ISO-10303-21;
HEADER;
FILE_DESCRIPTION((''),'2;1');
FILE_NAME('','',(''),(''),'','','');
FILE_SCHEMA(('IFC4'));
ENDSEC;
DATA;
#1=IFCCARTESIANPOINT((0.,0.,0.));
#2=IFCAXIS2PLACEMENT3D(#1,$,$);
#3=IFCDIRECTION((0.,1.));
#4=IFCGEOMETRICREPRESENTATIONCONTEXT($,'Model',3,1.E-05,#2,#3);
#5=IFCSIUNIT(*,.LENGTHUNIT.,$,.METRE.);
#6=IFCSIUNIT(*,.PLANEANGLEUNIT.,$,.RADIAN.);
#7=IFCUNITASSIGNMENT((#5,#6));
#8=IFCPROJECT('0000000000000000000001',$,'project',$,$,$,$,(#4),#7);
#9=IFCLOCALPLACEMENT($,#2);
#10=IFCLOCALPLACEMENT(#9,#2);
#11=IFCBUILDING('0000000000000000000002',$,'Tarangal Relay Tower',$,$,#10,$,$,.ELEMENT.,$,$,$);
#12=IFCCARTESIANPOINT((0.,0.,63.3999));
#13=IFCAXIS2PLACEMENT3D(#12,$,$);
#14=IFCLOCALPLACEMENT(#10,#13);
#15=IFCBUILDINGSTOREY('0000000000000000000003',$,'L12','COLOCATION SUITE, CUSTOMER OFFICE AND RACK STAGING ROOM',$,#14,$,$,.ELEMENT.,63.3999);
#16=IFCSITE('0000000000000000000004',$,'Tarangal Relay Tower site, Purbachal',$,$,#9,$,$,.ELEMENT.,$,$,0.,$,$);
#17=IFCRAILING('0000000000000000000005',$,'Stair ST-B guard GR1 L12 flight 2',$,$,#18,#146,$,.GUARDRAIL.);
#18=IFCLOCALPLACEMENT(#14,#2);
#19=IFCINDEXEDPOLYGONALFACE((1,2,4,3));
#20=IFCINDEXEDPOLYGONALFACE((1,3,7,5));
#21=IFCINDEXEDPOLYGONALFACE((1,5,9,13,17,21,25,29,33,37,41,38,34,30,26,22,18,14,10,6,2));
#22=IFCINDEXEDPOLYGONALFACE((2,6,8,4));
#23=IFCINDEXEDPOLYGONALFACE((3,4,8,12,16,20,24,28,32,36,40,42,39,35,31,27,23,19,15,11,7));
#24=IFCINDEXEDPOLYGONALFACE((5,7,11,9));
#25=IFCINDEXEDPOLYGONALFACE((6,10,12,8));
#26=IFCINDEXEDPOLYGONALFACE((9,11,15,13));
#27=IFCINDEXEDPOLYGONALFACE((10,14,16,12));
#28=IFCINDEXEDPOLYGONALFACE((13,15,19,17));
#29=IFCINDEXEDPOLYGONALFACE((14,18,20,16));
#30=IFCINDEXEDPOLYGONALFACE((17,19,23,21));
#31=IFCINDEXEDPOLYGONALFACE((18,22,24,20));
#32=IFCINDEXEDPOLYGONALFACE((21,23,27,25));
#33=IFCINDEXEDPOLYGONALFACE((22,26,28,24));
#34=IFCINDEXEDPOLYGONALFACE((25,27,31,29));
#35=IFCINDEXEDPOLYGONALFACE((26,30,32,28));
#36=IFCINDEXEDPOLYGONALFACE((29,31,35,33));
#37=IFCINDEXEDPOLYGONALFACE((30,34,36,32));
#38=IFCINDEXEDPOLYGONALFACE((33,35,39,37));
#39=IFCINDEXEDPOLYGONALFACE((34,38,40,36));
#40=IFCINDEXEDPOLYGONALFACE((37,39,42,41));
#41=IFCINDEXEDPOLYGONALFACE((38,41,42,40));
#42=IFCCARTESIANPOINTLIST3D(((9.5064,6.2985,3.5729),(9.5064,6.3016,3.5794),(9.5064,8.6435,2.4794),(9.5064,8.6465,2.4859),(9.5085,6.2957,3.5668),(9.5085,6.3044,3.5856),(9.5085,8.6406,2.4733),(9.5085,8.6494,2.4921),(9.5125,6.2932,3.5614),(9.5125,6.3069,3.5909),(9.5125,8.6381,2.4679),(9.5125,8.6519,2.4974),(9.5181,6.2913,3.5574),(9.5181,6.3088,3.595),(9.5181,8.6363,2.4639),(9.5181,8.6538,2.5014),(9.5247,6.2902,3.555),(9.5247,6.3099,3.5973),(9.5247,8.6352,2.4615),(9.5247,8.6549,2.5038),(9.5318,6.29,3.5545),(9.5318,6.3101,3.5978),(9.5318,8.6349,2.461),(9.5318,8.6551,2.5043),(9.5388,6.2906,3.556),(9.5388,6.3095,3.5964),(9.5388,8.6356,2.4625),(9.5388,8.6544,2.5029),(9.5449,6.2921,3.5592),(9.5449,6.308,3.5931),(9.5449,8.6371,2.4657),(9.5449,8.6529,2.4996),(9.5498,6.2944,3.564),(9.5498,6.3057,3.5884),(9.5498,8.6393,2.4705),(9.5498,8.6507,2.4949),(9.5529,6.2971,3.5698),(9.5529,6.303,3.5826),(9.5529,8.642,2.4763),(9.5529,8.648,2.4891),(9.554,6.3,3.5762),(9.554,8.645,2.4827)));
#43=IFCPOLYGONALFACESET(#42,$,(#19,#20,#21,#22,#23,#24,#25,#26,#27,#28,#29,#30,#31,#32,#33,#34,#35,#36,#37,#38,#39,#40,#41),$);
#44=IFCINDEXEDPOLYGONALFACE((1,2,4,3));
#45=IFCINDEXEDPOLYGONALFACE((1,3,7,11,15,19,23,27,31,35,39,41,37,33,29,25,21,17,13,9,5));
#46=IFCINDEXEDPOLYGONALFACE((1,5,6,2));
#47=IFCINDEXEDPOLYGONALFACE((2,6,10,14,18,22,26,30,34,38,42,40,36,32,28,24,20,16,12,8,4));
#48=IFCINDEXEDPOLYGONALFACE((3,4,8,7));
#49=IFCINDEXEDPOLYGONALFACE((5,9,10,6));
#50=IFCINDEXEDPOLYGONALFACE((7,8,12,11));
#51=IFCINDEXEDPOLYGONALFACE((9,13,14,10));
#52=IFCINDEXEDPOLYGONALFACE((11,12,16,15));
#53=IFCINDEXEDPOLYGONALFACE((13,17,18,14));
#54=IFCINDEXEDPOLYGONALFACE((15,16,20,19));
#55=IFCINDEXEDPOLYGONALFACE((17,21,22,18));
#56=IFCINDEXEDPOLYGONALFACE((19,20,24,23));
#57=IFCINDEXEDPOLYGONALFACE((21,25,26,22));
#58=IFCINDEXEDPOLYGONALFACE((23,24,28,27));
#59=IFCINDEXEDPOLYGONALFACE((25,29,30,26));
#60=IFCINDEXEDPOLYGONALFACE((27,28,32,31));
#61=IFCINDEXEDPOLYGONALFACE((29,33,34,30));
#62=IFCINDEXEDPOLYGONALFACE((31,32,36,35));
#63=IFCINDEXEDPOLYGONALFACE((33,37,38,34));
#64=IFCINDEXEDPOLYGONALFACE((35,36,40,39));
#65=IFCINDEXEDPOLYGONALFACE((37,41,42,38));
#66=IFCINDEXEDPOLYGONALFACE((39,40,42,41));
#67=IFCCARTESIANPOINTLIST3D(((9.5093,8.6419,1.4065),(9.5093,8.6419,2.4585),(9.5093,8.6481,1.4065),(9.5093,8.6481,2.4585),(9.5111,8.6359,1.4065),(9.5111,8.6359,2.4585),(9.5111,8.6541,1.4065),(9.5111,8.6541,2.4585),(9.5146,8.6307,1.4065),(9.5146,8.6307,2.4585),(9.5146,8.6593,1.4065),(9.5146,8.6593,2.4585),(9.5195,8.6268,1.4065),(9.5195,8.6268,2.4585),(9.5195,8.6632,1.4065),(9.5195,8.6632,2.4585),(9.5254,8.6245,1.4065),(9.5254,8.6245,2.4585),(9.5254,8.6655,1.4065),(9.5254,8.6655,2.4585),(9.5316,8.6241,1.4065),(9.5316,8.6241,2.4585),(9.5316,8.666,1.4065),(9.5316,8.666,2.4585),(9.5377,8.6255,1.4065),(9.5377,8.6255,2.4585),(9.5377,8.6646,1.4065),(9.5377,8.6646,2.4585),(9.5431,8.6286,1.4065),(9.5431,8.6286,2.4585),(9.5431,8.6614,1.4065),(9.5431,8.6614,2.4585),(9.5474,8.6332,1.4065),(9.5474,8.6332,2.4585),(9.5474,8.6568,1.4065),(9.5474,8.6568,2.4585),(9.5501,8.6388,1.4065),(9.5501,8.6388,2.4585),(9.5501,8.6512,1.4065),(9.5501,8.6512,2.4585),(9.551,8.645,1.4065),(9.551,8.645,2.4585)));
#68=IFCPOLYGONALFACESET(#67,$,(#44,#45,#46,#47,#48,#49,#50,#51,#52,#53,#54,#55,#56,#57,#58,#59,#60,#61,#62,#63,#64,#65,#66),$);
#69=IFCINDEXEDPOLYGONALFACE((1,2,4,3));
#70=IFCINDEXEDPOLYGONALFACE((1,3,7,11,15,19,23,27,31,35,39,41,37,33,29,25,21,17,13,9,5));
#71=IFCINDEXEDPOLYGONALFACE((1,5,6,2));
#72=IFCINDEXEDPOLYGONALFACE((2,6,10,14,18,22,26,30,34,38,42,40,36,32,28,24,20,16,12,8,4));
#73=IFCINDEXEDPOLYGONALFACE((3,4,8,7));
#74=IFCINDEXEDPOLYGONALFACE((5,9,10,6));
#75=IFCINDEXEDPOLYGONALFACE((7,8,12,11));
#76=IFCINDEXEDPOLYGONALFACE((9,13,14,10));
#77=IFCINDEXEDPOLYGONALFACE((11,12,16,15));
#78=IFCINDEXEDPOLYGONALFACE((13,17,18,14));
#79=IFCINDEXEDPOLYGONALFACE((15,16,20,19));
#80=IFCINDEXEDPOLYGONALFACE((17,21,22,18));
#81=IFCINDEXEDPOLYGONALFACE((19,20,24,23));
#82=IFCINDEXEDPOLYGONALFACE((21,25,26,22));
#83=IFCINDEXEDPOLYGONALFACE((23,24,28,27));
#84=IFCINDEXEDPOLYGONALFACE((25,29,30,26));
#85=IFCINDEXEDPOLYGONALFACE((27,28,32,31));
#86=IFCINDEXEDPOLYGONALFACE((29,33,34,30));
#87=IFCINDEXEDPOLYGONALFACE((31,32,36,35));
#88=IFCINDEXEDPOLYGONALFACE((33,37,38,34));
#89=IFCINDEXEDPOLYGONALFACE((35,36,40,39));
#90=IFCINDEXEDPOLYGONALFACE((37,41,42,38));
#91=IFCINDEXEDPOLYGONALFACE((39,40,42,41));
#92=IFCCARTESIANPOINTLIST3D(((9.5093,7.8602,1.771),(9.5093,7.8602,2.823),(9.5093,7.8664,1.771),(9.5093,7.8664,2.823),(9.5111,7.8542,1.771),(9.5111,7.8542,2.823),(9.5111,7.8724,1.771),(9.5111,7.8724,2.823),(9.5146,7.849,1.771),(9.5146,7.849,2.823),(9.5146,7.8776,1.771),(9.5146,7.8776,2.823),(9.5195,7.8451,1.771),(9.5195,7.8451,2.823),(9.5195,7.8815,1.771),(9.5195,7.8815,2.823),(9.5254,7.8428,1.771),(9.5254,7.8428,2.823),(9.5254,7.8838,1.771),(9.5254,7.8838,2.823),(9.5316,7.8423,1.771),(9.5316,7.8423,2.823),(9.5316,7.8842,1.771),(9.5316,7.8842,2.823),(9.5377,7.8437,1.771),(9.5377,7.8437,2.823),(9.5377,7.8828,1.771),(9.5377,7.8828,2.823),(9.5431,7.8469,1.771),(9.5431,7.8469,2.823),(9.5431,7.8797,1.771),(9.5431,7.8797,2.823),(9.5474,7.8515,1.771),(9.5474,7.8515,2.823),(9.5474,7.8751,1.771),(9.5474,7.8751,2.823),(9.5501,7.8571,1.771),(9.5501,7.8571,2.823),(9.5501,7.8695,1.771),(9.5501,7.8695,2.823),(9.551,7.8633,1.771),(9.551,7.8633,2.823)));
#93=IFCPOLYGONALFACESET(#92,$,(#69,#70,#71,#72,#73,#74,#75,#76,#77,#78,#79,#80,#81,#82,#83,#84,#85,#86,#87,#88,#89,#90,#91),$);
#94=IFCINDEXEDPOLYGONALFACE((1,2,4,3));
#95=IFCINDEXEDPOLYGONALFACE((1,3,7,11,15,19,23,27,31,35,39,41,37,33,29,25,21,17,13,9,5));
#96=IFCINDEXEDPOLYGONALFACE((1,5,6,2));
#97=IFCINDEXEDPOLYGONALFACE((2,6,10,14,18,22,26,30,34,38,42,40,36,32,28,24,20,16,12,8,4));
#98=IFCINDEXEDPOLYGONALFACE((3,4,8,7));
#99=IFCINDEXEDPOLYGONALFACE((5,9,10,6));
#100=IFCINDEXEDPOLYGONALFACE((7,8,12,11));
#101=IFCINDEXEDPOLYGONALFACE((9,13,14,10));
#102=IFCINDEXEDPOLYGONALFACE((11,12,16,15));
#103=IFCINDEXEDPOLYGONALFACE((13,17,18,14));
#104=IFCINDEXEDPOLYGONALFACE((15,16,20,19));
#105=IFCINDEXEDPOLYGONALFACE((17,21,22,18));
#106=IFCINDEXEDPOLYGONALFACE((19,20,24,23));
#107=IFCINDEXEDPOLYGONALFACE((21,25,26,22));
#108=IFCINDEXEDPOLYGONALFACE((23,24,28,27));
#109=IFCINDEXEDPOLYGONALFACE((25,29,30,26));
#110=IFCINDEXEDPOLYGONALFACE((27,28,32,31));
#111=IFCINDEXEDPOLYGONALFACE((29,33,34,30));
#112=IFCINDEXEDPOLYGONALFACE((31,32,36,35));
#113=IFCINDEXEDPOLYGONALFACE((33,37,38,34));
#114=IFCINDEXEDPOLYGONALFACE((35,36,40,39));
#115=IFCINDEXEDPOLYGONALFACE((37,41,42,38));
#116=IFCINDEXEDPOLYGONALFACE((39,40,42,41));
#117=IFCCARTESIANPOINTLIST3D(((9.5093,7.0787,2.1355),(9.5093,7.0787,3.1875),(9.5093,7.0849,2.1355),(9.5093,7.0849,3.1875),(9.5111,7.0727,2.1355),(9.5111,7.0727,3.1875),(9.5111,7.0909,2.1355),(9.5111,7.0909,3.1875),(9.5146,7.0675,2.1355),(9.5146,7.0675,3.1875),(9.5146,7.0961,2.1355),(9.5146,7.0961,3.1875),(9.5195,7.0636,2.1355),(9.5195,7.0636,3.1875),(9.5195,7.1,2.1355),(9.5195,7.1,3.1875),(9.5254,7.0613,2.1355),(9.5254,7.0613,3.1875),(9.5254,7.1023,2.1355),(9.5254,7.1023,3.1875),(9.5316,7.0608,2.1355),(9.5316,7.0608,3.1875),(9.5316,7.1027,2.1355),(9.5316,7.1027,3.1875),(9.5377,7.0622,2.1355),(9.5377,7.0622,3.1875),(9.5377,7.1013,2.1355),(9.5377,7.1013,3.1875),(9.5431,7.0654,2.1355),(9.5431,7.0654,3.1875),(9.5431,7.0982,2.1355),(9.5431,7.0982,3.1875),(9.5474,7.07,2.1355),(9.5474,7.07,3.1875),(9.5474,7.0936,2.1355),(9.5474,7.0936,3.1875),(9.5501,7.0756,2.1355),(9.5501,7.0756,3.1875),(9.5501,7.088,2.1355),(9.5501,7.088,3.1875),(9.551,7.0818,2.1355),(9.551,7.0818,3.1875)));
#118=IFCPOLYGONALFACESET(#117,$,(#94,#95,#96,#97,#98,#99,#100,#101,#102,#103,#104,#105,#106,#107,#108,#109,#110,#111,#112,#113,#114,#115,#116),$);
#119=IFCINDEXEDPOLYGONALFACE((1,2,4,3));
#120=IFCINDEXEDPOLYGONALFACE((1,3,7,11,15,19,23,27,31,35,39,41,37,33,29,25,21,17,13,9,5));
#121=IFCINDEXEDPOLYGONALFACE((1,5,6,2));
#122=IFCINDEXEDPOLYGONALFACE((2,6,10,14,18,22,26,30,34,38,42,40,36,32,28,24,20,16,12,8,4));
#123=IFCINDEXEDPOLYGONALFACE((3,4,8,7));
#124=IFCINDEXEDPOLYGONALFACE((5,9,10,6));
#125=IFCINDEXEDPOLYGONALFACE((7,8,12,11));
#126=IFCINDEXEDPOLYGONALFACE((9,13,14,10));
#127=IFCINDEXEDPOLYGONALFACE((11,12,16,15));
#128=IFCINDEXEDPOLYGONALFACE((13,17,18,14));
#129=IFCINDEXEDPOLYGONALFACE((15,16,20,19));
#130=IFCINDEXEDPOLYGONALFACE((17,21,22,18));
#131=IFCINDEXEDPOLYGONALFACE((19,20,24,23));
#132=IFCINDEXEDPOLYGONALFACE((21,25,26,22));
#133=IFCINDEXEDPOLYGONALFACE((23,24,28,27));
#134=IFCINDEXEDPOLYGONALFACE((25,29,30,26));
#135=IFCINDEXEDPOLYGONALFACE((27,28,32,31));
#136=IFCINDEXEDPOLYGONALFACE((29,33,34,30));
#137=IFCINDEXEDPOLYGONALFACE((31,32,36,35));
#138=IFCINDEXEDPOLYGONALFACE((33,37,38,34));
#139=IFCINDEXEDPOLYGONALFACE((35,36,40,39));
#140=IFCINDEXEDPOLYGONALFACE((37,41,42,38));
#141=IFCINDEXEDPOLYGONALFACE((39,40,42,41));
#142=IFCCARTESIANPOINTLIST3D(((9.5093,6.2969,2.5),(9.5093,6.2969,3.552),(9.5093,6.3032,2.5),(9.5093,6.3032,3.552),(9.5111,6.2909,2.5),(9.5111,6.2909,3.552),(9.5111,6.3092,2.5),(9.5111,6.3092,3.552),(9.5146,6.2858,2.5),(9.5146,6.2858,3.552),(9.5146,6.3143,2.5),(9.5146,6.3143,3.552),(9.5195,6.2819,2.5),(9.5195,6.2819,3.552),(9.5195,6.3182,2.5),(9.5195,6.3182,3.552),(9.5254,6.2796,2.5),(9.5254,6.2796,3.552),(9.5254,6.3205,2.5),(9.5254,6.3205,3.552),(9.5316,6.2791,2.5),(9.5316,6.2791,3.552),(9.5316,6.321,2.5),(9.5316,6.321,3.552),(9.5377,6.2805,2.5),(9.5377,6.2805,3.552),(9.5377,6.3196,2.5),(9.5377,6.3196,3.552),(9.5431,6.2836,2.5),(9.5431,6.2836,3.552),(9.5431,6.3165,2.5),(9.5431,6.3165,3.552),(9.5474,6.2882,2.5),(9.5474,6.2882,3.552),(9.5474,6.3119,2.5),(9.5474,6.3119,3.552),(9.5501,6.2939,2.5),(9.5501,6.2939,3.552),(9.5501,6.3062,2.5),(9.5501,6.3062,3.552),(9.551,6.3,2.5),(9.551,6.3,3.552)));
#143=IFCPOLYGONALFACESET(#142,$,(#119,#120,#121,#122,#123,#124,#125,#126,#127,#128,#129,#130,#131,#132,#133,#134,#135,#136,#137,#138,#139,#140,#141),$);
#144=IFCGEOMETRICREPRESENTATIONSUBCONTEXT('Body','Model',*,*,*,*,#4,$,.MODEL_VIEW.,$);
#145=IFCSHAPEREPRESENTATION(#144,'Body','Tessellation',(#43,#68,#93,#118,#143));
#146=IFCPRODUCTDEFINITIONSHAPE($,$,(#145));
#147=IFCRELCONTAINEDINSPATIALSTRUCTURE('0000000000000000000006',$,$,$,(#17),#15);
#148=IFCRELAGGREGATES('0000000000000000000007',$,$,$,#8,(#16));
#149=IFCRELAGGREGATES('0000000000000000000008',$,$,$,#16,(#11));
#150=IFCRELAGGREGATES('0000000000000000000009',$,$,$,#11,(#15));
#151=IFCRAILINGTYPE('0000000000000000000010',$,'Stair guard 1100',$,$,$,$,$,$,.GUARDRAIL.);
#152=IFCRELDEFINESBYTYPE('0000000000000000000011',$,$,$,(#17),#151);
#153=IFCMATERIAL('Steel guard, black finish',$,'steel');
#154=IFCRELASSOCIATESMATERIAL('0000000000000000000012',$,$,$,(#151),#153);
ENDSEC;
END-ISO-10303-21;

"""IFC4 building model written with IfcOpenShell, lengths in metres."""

from ifc_helpers import new_model, si_unit, direction, frame, origin, origin_2d, place, context, subcontext, project, spatial, circle, extrude, material, type_object, element, save


model = new_model("IFC4")

# Units and contexts
model_context = context("Model", 3, precision=1e-05, world=origin(), true_north=direction((0.0, 1.0)))
body_context = subcontext(model_context, "Body", "Model", "MODEL_VIEW")
ifc_project = project(units=[si_unit("LENGTHUNIT", "METRE"), si_unit("PLANEANGLEUNIT", "RADIAN")], contexts=[model_context])

# Site, building, storey
site_placement = place(None, origin())
site = spatial("IfcSite", under=ifc_project, at=site_placement, Name="Tarangal Relay Tower site, Purbachal", CompositionType="ELEMENT", RefElevation=0.0)
building_placement = place(site_placement, origin())
building = spatial("IfcBuilding", under=site, at=building_placement, Name="Tarangal Relay Tower", CompositionType="ELEMENT")
storey_placement = place(building_placement, frame((0.0, 0.0, 63.3999)))
storey = spatial("IfcBuildingStorey", under=building, at=storey_placement, Name="L12", Description="COLOCATION SUITE, CUSTOMER OFFICE AND RACK STAGING ROOM", CompositionType="ELEMENT", Elevation=63.3999)

# Railing
ifc_material_1 = material(Name="Steel guard, black finish", Category="steel")
railing_type_1 = type_object("IfcRailingType", Name="Stair guard 1100", PredefinedType="GUARDRAIL", material=ifc_material_1)
railing_1_placement = place(storey_placement, frame((9.53, 8.645, 1.4065)))
element("IfcRailing", 1, at=railing_1_placement, inside=storey, type_object=railing_type_1, Name="Stair ST-B guard GR1 L12 flight 2", PredefinedType="GUARDRAIL", context=body_context, shape_type="SweptSolid", body=[
    extrude(circle(Radius=0.0239, at=origin_2d()), frame((0.0, 0.0, 1.0762), z_axis=(0.0, -0.906304, 0.422627), x_axis=(1.0, 0.0, 0.0)), (0.0, 0.0, 1.0), 2.5874),
    extrude(circle(Radius=0.021, at=origin_2d()), origin(), (0.0, 0.0, 1.0), 1.052),
    extrude(circle(Radius=0.021, at=origin_2d()), frame((0.0, -0.7817, 0.3645)), (0.0, 0.0, 1.0), 1.052),
    extrude(circle(Radius=0.021, at=origin_2d()), frame((0.0, -1.5632, 0.729)), (0.0, 0.0, 1.0), 1.052),
    extrude(circle(Radius=0.021, at=origin_2d()), frame((0.0, -2.345, 1.0935)), (0.0, 0.0, 1.0), 1.052),
])

save(model, "model.ifc")
